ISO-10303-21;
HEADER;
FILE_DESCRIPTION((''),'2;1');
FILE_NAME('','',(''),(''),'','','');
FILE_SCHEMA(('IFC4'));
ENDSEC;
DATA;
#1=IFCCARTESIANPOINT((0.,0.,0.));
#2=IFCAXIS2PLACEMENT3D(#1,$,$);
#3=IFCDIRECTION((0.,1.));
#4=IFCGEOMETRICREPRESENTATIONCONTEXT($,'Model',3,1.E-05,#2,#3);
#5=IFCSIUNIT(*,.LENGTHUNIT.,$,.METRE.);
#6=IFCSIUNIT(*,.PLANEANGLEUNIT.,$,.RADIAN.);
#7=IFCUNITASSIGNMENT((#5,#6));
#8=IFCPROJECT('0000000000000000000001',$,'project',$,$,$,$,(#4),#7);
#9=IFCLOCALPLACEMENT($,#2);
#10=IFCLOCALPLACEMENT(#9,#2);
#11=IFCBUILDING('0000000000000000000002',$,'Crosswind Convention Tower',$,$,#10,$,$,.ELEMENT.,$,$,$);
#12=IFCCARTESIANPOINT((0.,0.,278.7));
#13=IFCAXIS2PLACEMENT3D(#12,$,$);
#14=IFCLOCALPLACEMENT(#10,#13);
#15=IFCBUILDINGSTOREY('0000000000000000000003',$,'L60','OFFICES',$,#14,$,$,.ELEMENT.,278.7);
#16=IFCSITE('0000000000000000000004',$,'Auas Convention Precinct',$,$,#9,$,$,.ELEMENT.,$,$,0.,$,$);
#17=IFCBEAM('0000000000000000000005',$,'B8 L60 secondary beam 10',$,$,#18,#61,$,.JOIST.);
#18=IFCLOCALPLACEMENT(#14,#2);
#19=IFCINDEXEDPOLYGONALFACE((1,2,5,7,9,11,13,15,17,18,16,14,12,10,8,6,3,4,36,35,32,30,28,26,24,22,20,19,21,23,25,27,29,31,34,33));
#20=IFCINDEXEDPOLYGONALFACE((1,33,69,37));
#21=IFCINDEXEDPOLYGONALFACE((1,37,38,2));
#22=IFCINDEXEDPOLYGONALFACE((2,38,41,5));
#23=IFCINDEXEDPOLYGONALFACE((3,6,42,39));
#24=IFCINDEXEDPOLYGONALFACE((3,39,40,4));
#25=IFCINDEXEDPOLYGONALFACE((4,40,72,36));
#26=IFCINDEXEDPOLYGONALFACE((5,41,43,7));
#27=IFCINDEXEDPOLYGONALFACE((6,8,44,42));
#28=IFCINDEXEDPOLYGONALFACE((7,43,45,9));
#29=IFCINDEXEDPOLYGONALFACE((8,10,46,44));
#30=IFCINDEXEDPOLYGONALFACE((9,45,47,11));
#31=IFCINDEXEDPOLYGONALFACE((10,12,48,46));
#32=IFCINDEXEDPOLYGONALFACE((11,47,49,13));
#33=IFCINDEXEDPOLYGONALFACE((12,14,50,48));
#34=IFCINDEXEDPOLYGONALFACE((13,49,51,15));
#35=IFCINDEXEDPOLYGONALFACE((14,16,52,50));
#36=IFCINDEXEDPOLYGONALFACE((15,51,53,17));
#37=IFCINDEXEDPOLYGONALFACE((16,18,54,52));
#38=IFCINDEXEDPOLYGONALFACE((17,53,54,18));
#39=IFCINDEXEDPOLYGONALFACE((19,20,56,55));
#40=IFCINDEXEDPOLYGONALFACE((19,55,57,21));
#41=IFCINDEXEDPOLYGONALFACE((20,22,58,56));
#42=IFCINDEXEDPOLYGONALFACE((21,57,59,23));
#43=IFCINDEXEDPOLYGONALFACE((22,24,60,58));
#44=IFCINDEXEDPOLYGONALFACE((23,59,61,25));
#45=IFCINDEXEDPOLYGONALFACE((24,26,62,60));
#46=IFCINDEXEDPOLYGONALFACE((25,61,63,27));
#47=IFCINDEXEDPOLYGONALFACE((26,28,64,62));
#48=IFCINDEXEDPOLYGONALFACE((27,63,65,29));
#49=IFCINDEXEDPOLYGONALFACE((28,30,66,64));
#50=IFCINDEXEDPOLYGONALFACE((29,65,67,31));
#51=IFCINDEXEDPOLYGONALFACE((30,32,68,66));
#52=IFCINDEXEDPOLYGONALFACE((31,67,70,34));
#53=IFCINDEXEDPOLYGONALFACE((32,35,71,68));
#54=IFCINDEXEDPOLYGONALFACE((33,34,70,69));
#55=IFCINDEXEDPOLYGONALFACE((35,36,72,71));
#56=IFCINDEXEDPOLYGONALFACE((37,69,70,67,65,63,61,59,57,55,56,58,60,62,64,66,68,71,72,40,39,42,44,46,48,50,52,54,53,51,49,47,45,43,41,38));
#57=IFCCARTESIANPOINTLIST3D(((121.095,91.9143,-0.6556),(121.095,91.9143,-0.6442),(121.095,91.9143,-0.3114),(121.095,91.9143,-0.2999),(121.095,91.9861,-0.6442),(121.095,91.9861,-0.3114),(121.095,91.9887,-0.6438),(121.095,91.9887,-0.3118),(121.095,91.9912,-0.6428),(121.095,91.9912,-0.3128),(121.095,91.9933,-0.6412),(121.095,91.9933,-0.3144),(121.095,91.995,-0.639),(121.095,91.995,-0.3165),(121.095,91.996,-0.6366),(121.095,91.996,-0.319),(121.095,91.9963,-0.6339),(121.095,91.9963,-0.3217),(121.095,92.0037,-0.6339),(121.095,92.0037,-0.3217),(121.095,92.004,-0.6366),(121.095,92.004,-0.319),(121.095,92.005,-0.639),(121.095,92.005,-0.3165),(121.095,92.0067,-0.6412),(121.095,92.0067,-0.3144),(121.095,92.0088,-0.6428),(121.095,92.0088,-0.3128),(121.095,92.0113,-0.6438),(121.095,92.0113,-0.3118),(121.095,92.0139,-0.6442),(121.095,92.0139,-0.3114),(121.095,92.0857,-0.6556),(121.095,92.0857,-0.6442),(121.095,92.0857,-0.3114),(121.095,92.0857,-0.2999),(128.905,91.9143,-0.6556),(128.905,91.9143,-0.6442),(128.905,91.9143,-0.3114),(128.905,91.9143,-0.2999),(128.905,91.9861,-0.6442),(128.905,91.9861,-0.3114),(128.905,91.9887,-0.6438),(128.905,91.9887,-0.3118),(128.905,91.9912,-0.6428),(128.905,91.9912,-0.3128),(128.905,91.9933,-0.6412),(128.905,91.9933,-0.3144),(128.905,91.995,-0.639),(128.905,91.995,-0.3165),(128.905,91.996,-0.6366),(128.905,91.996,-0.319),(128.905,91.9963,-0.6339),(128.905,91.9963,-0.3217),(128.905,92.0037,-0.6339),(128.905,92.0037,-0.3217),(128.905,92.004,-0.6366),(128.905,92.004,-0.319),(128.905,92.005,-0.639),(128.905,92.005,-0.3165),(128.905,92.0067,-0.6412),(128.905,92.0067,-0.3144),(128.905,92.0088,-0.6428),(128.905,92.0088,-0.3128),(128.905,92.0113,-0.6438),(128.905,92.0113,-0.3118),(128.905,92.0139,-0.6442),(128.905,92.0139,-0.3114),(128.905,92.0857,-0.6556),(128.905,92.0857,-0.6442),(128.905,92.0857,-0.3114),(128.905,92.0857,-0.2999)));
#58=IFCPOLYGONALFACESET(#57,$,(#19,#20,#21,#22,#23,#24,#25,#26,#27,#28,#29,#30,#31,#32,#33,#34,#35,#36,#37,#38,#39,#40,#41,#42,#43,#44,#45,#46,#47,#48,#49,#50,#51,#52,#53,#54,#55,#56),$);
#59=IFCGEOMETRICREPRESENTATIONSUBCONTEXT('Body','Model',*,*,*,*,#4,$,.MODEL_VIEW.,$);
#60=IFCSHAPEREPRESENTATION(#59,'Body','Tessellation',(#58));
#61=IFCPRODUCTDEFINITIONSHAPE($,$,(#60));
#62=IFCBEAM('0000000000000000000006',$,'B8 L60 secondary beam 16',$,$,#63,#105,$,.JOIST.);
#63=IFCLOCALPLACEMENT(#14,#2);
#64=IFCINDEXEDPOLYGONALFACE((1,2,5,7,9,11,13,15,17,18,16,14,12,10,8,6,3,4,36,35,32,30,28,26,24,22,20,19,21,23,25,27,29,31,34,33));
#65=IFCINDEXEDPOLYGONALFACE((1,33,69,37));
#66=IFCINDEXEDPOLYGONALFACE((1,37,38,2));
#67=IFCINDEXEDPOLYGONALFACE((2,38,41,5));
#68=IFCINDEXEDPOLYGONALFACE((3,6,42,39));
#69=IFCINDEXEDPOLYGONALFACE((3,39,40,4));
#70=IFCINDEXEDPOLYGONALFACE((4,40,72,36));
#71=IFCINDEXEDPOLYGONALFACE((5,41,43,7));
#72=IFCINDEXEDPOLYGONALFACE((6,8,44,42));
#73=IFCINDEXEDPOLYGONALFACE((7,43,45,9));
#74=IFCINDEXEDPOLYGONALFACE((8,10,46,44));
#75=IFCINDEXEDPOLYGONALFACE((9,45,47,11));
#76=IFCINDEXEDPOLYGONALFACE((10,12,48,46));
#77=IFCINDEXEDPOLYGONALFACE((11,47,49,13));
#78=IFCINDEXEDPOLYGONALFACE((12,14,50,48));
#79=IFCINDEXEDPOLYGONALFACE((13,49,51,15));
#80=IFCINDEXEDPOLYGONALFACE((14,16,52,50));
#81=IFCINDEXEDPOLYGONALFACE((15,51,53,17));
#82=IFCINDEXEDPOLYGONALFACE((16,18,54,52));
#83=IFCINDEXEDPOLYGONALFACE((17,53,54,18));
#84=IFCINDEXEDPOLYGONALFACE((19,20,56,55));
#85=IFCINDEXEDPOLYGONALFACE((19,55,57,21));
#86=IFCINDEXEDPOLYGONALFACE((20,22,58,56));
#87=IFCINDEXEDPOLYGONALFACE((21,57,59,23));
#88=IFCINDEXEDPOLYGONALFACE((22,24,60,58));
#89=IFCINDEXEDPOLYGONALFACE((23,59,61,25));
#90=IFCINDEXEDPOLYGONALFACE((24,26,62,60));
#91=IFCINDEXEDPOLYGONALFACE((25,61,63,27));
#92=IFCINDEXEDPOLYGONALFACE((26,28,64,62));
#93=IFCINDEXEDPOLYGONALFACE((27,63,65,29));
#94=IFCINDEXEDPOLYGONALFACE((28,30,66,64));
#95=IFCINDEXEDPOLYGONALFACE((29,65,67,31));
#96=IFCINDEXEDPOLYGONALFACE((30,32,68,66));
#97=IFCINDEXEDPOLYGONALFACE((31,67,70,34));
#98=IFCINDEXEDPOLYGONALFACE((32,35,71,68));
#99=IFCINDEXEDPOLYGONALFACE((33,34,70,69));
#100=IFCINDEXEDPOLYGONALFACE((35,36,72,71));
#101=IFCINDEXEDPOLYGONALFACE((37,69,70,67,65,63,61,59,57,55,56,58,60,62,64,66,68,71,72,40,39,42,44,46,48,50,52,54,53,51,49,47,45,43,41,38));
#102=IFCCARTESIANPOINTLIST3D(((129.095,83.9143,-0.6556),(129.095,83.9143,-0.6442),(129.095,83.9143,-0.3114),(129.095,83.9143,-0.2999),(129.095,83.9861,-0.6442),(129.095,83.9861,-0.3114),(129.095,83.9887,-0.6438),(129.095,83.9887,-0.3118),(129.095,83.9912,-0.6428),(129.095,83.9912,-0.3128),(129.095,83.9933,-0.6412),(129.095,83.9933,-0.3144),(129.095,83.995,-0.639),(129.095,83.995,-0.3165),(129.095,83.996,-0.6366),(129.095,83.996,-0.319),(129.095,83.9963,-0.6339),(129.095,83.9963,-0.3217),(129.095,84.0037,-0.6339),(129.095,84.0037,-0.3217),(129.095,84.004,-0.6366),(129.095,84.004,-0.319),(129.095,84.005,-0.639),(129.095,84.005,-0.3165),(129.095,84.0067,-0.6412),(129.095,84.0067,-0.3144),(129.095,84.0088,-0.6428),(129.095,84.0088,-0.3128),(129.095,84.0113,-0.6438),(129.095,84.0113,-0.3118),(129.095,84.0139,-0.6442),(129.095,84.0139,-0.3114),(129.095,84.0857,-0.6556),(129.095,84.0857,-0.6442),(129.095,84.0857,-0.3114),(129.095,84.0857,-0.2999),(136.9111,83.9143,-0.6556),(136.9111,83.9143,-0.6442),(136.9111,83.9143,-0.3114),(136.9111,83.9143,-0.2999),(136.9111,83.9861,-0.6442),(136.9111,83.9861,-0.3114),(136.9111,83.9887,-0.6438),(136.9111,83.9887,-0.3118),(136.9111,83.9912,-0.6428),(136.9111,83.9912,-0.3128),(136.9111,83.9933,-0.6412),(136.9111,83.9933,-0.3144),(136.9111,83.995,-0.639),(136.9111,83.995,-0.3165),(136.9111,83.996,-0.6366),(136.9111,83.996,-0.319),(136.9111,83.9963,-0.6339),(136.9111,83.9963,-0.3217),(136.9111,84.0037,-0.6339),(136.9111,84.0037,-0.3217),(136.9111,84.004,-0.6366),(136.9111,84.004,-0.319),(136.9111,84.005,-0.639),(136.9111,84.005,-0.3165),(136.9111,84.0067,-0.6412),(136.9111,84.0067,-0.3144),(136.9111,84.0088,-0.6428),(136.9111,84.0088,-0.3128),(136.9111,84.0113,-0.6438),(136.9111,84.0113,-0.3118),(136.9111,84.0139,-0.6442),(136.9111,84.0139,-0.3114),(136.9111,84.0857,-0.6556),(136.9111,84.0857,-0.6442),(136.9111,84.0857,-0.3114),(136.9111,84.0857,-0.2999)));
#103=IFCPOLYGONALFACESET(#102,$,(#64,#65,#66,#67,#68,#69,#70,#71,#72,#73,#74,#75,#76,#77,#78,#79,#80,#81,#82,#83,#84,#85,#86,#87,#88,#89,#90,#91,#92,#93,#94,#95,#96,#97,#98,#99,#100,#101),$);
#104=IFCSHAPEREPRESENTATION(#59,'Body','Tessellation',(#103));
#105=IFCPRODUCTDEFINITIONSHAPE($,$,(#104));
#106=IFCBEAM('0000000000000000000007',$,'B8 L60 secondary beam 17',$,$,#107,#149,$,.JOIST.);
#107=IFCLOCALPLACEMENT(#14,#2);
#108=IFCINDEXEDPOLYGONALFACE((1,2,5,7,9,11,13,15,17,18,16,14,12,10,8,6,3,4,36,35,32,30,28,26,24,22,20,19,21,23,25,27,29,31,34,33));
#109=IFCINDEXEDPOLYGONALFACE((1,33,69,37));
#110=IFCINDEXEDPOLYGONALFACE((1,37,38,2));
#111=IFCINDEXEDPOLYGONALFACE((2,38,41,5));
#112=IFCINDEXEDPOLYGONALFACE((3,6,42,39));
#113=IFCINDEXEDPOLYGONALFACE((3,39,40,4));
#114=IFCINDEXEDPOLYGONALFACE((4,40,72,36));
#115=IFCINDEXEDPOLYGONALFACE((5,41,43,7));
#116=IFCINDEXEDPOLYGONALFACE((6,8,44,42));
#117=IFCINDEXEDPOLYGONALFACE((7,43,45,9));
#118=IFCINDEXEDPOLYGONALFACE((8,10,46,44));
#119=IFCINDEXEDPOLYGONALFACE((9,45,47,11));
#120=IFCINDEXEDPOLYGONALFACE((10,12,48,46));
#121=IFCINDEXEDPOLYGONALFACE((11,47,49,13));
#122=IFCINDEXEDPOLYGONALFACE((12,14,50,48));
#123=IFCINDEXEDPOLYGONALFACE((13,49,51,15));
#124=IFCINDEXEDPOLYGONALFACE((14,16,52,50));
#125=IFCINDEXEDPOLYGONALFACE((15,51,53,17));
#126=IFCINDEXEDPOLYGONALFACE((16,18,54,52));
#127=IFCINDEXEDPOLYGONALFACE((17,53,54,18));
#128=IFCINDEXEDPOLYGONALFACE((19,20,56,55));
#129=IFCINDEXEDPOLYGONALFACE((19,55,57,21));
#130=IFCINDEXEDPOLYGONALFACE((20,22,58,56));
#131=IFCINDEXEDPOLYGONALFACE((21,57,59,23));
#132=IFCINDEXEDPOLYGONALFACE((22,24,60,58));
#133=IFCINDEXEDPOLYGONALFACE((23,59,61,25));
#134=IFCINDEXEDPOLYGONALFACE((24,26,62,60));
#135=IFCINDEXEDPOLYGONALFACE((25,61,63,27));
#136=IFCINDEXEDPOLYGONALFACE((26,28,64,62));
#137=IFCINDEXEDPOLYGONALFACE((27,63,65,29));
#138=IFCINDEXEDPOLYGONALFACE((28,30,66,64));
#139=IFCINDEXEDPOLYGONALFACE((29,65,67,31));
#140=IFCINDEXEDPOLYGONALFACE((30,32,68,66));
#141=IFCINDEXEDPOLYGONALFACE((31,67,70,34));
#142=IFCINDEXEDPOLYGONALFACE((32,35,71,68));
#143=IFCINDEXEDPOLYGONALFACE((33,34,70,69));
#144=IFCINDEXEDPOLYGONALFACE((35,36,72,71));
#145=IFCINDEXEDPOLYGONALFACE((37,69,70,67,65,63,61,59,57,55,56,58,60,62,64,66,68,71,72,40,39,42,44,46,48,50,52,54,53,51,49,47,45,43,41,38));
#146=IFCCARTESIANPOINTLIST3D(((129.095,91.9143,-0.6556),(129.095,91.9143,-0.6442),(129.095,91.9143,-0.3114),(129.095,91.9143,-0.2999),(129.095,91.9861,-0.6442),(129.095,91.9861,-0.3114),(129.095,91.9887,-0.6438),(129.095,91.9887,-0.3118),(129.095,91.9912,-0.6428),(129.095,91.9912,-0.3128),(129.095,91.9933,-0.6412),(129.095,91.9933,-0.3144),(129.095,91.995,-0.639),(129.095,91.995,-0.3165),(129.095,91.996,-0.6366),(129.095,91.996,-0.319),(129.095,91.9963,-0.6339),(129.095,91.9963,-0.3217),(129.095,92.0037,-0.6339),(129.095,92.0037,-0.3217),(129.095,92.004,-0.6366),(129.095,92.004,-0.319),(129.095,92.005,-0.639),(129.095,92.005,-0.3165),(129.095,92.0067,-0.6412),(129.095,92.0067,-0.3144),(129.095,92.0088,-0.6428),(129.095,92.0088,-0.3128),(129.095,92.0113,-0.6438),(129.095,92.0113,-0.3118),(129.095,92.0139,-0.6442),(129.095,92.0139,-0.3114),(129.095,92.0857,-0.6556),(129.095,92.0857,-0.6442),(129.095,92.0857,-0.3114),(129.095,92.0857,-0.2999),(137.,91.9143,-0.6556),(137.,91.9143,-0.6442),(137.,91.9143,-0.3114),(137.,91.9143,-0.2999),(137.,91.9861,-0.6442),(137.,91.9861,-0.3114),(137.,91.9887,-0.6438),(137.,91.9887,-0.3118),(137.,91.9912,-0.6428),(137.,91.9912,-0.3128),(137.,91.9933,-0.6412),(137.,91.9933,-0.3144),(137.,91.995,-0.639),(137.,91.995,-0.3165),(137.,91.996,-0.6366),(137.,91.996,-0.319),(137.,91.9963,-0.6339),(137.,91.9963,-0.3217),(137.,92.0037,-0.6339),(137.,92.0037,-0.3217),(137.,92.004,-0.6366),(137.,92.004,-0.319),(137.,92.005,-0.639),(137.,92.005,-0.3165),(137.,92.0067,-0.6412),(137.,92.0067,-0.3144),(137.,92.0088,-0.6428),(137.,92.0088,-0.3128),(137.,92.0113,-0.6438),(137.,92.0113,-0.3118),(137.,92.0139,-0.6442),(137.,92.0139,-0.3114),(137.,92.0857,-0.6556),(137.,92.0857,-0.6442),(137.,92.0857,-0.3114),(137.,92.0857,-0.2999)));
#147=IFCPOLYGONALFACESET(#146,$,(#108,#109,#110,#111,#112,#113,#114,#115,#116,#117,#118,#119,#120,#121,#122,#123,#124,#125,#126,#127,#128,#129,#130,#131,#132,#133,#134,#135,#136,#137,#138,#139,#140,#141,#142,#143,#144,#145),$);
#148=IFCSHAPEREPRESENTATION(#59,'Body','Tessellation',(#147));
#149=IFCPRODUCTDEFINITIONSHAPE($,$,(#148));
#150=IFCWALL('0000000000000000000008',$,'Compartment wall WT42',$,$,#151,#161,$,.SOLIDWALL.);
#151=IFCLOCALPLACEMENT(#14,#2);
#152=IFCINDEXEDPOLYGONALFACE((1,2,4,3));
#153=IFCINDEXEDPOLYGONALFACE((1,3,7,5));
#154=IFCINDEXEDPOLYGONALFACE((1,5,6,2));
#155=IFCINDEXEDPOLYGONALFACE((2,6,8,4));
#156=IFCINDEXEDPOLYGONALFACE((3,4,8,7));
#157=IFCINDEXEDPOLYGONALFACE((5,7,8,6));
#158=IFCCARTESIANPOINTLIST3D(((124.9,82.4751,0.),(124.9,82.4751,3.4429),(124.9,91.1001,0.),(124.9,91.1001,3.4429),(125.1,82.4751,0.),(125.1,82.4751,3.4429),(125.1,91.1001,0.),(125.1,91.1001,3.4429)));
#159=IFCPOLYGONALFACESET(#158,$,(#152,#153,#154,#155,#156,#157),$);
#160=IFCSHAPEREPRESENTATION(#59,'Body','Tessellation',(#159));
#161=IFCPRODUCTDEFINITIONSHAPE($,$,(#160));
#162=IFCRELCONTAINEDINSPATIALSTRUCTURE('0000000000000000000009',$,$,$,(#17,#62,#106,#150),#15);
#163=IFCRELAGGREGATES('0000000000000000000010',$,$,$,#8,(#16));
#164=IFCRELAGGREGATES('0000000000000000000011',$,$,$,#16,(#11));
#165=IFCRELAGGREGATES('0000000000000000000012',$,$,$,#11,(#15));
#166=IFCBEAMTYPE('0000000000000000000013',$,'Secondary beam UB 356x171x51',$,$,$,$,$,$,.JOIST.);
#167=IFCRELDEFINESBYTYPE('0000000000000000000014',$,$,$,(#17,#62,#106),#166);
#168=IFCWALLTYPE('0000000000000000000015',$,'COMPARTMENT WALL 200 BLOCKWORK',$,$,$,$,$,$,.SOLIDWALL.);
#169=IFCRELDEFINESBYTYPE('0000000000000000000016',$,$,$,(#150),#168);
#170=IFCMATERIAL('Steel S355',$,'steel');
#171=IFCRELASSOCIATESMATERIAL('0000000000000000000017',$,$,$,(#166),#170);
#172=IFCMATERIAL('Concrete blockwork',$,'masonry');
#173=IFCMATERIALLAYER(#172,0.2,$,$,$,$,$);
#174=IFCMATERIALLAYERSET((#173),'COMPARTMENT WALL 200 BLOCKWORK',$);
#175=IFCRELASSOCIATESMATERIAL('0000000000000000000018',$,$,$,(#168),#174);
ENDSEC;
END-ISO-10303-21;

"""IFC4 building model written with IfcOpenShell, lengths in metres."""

from ifc_helpers import new_model, si_unit, direction, frame, frame_2d, origin, origin_2d, place, context, subcontext, project, spatial, rectangle, i_section, extrude, material, layer, layer_set, material_profile, profile_set, type_object, element, save


model = new_model("IFC4")

# Units and contexts
model_context = context("Model", 3, precision=1e-05, world=origin(), true_north=direction((0.0, 1.0)))
body_context = subcontext(model_context, "Body", "Model", "MODEL_VIEW")
ifc_project = project(units=[si_unit("LENGTHUNIT", "METRE"), si_unit("PLANEANGLEUNIT", "RADIAN")], contexts=[model_context])

# Site, building, storey
site_placement = place(None, origin())
site = spatial("IfcSite", under=ifc_project, at=site_placement, Name="Auas Convention Precinct", CompositionType="ELEMENT", RefElevation=0.0)
building_placement = place(site_placement, origin())
building = spatial("IfcBuilding", under=site, at=building_placement, Name="Crosswind Convention Tower", CompositionType="ELEMENT")
storey_placement = place(building_placement, frame((0.0, 0.0, 278.7)))
storey = spatial("IfcBuildingStorey", under=building, at=storey_placement, Name="L60", Description="OFFICES", CompositionType="ELEMENT", Elevation=278.7)

# Beams
ifc_material_1 = material(Name="Steel S355", Category="steel")
ifc_material_profile_1 = material_profile(ifc_material_1, i_section(OverallWidth=0.1714, OverallDepth=0.3557, WebThickness=0.0073, FlangeThickness=0.0115, FilletRadius=0.0103, at=origin_2d()), Name="UB 356x171x51")
ifc_profile_set_1 = profile_set([ifc_material_profile_1], Name="Steel S355")
beam_type_1 = type_object("IfcBeamType", Name="Secondary beam UB 356x171x51", PredefinedType="JOIST", material=ifc_profile_set_1)
for number, where, z_axis, x_axis, name in (
    (1, (121.095, 92.0, -0.4778), (1.0, 0.0, 0.0), (0.0, 1.0, 0.0), "B8 L60 secondary beam 10"),
):
    element("IfcBeam", number, at=place(storey_placement, frame(where, z_axis=z_axis, x_axis=x_axis)), inside=storey, type_object=beam_type_1, Name=name, PredefinedType="JOIST", context=body_context, shape_type="SweptSolid", body=[
        extrude(i_section(OverallWidth=0.1714, OverallDepth=0.3557, WebThickness=0.0073, FlangeThickness=0.0115, FilletRadius=0.0103, at=origin_2d()), origin(), (0.0, 0.0, 1.0), 7.8101),
    ])
beam_1_placement = place(storey_placement, frame((129.095, 84.0, -0.4778), z_axis=(1.0, 0.0, 0.0), x_axis=(0.0, 1.0, 0.0)))
element("IfcBeam", 2, at=beam_1_placement, inside=storey, type_object=beam_type_1, Name="B8 L60 secondary beam 16", PredefinedType="JOIST", context=body_context, shape_type="SweptSolid", body=[
    extrude(i_section(OverallWidth=0.1714, OverallDepth=0.3557, WebThickness=0.0073, FlangeThickness=0.0115, FilletRadius=0.0103, at=origin_2d()), origin(), (0.0, 0.0, 1.0), 7.8162),
])
beam_2_placement = place(storey_placement, frame((129.095, 92.0, -0.4778), z_axis=(1.0, 0.0, 0.0), x_axis=(0.0, 1.0, 0.0)))
element("IfcBeam", 3, at=beam_2_placement, inside=storey, type_object=beam_type_1, Name="B8 L60 secondary beam 17", PredefinedType="JOIST", context=body_context, shape_type="SweptSolid", body=[
    extrude(i_section(OverallWidth=0.1714, OverallDepth=0.3557, WebThickness=0.0073, FlangeThickness=0.0115, FilletRadius=0.0103, at=origin_2d()), origin(), (0.0, 0.0, 1.0), 7.905),
])

# Wall
ifc_material_2 = material(Name="Concrete blockwork", Category="masonry")
ifc_layer_1 = layer(ifc_material_2, 0.2)
ifc_layer_set_1 = layer_set([ifc_layer_1], Name="COMPARTMENT WALL 200 BLOCKWORK")
wall_type_1 = type_object("IfcWallType", Name="COMPARTMENT WALL 200 BLOCKWORK", PredefinedType="SOLIDWALL", material=ifc_layer_set_1)
wall_1_placement = place(storey_placement, frame((125.0, 82.4751, 0.0), z_axis=(0.0, 0.0, 1.0), x_axis=(0.0, 1.0, 0.0)))
element("IfcWall", 4, at=wall_1_placement, inside=storey, type_object=wall_type_1, Name="Compartment wall WT42", PredefinedType="SOLIDWALL", context=body_context, shape_type="SweptSolid", body=[
    extrude(rectangle(XDim=8.625, YDim=0.2, at=frame_2d((4.3125, 0.0))), origin(), (0.0, 0.0, 1.0), 3.4429),
])

save(model, "model.ifc")
